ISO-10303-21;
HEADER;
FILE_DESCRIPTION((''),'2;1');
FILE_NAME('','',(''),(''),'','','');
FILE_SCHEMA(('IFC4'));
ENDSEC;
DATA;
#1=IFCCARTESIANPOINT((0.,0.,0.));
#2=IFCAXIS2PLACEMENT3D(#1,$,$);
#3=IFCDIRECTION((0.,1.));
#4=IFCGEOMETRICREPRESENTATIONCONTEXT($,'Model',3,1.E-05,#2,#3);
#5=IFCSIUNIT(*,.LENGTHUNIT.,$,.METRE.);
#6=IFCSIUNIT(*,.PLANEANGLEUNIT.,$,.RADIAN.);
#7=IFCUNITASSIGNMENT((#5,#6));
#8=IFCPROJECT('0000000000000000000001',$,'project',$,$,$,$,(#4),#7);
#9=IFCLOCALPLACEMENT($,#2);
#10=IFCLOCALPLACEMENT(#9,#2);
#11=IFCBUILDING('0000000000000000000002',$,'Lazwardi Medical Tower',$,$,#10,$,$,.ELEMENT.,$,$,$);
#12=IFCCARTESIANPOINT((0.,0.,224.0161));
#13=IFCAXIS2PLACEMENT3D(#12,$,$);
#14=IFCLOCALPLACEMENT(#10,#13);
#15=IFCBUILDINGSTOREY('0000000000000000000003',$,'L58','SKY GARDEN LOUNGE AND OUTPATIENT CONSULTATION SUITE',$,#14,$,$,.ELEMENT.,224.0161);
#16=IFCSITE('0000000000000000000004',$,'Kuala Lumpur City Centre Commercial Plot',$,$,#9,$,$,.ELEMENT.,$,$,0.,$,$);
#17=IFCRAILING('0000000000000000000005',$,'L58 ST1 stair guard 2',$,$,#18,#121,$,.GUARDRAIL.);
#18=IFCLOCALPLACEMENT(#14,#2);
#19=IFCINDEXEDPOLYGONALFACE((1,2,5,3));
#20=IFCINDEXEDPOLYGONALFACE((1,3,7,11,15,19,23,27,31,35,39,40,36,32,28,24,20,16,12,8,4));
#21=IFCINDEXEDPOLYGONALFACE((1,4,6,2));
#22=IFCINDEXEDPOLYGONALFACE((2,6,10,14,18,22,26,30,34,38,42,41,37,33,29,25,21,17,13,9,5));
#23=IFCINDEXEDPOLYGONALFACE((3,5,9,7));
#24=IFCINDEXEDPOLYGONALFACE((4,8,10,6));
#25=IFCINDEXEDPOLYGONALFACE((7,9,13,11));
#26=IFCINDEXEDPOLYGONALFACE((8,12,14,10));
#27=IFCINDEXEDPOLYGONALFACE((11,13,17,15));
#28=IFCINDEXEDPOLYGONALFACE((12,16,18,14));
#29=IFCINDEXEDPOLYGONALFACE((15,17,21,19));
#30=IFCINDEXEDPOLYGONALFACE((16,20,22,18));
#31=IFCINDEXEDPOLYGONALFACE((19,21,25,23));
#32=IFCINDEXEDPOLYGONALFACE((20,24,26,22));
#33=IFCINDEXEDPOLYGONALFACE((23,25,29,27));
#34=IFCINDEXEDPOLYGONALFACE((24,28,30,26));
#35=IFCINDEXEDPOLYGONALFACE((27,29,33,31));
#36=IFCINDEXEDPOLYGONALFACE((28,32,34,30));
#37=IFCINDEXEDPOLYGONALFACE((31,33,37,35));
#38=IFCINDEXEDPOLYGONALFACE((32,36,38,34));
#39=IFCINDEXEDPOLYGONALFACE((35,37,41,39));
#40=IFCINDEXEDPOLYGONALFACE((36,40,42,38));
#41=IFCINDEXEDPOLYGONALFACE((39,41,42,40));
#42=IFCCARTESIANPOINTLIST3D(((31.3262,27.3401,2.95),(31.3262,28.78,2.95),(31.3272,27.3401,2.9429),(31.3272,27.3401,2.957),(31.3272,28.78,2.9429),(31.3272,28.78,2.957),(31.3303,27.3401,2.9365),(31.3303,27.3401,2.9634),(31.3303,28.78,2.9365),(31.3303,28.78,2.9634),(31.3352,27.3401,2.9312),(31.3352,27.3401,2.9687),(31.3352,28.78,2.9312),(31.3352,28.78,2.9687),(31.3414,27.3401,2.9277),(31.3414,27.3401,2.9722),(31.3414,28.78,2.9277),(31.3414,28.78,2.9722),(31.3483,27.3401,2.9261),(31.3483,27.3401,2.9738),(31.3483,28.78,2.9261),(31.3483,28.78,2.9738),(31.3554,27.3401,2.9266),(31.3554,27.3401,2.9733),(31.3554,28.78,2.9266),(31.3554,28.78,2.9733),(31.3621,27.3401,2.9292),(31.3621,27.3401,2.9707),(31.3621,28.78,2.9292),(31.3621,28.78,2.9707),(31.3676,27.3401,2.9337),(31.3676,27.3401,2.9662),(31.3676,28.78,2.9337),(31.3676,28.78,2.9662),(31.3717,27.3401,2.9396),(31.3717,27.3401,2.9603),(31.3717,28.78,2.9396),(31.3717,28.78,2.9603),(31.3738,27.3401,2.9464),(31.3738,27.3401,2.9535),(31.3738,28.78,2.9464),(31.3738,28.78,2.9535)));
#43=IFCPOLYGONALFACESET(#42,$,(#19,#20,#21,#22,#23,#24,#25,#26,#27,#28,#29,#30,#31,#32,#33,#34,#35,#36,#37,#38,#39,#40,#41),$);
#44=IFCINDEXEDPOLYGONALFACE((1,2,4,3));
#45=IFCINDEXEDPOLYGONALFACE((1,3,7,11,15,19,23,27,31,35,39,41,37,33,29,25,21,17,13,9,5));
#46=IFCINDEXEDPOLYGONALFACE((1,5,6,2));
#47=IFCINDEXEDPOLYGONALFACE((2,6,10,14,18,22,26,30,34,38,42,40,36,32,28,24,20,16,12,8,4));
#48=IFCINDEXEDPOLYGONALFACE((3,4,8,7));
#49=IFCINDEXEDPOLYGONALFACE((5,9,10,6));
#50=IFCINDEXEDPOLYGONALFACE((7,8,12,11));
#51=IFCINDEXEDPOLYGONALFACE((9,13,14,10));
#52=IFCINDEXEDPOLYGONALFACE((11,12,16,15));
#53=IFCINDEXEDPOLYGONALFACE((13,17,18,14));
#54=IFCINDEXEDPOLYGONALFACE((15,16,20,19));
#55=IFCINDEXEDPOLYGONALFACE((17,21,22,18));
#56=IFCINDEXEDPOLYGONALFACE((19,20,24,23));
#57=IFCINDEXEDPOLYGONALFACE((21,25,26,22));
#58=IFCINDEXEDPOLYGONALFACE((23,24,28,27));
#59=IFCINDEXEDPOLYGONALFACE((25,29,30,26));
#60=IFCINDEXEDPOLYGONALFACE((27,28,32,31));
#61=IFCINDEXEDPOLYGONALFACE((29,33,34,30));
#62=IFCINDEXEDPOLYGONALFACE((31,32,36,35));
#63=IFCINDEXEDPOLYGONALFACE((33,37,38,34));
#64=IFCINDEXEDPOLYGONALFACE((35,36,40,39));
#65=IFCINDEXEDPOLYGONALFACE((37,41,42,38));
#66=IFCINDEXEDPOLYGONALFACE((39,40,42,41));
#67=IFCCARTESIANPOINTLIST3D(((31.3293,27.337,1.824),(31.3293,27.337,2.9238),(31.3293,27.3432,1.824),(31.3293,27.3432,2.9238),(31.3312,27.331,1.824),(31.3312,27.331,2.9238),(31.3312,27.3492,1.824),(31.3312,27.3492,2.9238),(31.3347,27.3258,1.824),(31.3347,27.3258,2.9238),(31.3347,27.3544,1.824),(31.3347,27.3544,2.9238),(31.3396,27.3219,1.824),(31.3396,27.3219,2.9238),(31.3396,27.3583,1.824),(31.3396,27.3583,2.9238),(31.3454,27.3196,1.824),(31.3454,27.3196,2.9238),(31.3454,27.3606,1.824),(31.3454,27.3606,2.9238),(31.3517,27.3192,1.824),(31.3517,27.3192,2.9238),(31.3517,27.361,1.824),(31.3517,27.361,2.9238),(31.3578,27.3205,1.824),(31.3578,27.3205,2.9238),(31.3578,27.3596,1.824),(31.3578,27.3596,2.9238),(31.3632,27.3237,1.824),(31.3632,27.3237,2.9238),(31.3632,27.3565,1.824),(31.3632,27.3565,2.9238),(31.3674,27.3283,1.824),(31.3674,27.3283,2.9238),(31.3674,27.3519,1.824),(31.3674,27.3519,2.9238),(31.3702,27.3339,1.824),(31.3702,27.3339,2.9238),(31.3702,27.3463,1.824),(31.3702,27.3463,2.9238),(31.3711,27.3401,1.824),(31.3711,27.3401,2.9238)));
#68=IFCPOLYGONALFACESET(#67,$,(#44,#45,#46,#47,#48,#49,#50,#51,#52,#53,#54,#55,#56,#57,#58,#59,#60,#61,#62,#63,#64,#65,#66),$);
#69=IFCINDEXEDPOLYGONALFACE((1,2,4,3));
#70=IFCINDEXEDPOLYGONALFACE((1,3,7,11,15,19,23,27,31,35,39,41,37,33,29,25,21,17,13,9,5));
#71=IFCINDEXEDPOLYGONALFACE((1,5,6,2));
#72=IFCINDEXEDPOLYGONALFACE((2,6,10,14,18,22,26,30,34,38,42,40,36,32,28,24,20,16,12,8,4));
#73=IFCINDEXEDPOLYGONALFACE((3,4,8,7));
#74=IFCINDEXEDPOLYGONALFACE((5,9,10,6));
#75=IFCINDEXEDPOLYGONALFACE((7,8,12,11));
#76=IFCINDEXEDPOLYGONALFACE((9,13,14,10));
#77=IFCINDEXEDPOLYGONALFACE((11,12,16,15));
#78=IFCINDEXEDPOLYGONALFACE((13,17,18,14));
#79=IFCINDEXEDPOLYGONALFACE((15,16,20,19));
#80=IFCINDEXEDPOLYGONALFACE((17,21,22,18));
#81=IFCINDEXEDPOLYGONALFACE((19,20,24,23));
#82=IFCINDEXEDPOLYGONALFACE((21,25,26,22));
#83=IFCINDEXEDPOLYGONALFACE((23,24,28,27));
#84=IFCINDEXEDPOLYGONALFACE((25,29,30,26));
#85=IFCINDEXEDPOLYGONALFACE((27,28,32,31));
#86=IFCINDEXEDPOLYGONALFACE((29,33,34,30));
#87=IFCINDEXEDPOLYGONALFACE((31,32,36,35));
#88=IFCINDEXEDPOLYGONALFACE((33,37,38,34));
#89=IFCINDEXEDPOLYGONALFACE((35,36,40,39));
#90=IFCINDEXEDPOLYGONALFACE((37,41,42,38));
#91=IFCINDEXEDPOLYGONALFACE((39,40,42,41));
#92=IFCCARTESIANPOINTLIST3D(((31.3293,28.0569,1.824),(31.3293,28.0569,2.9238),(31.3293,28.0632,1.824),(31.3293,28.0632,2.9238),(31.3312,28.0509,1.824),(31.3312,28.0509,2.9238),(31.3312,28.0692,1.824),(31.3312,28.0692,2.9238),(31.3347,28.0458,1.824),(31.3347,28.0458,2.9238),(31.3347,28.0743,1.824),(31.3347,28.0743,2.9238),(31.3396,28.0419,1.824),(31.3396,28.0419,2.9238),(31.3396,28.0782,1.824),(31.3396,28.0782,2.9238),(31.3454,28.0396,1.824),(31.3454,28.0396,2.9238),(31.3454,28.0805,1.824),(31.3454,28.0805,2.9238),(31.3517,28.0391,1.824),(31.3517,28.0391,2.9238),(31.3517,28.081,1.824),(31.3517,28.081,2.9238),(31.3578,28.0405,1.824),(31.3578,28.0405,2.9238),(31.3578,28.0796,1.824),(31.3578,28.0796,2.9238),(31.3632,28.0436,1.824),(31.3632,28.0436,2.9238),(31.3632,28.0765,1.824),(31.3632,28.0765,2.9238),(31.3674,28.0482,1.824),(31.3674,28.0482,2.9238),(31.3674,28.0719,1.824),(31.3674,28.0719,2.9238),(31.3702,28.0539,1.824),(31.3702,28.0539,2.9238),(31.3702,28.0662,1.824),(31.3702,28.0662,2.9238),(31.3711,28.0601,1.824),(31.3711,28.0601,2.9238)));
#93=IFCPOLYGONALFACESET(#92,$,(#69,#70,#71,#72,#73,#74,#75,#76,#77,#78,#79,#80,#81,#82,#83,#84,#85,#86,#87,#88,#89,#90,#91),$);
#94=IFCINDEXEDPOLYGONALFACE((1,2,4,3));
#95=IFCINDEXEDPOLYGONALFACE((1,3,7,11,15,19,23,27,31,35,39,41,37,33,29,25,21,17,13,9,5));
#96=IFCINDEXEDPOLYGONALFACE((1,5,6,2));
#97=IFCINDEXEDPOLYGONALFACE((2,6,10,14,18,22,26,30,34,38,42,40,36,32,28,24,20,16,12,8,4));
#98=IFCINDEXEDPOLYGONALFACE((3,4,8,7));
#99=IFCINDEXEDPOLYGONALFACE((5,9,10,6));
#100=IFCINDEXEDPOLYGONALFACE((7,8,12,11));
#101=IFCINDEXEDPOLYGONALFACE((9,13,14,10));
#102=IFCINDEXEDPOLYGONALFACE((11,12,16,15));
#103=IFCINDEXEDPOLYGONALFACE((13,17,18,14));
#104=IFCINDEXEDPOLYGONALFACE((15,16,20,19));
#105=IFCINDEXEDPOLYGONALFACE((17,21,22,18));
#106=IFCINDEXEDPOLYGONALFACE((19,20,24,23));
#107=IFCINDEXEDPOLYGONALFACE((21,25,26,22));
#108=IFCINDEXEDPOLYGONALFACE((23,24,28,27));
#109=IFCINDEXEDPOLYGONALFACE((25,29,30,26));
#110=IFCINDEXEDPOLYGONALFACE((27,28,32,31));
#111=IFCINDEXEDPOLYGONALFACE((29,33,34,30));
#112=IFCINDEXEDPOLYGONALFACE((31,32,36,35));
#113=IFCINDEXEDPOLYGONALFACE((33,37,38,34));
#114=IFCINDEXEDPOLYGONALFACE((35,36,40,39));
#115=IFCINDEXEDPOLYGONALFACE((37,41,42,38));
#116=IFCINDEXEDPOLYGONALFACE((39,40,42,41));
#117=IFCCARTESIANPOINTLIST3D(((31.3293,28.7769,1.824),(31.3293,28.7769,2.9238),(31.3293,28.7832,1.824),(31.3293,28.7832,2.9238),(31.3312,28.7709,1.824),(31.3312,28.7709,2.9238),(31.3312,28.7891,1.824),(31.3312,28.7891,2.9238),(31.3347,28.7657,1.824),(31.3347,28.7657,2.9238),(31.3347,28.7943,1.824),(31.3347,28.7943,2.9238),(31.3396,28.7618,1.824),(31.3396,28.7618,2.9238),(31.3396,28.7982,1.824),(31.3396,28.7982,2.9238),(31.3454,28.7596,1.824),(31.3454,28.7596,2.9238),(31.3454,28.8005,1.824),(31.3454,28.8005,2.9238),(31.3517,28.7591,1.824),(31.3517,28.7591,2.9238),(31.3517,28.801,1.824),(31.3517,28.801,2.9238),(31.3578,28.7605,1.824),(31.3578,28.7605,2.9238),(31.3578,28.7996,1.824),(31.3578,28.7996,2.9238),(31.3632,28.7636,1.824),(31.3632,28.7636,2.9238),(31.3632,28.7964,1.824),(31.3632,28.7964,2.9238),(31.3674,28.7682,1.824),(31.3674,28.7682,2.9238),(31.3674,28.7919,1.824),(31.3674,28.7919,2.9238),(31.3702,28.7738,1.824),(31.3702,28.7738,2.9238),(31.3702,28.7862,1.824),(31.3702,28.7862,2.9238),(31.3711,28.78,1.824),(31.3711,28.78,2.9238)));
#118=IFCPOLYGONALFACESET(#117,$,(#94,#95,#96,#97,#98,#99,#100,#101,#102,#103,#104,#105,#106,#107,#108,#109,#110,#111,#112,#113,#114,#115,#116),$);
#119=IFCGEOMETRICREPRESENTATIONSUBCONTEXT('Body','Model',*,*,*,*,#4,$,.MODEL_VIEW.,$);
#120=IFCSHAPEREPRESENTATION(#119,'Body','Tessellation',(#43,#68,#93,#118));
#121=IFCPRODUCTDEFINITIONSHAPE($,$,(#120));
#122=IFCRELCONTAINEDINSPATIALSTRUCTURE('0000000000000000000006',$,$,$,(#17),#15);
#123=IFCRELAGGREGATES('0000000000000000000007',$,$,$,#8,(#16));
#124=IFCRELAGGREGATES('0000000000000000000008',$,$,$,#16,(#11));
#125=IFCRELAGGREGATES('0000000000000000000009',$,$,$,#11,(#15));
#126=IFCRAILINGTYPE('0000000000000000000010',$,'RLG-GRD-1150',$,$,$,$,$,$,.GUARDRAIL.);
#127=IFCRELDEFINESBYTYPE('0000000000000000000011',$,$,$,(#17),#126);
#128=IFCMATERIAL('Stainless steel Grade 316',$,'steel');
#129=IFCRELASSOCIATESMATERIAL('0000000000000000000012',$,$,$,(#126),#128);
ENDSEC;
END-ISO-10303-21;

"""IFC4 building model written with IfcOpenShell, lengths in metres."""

from ifc_helpers import new_model, si_unit, direction, frame, origin, origin_2d, place, context, subcontext, project, spatial, circle, extrude, material, type_object, element, save


model = new_model("IFC4")

# Units and contexts
model_context = context("Model", 3, precision=1e-05, world=origin(), true_north=direction((0.0, 1.0)))
body_context = subcontext(model_context, "Body", "Model", "MODEL_VIEW")
ifc_project = project(units=[si_unit("LENGTHUNIT", "METRE"), si_unit("PLANEANGLEUNIT", "RADIAN")], contexts=[model_context])

# Site, building, storey
site_placement = place(None, origin())
site = spatial("IfcSite", under=ifc_project, at=site_placement, Name="Kuala Lumpur City Centre Commercial Plot", CompositionType="ELEMENT", RefElevation=0.0)
building_placement = place(site_placement, origin())
building = spatial("IfcBuilding", under=site, at=building_placement, Name="Lazwardi Medical Tower", CompositionType="ELEMENT")
storey_placement = place(building_placement, frame((0.0, 0.0, 224.0161)))
storey = spatial("IfcBuildingStorey", under=building, at=storey_placement, Name="L58", Description="SKY GARDEN LOUNGE AND OUTPATIENT CONSULTATION SUITE", CompositionType="ELEMENT", Elevation=224.0161)

# Railing
ifc_material_1 = material(Name="Stainless steel Grade 316", Category="steel")
railing_type_1 = type_object("IfcRailingType", Name="RLG-GRD-1150", PredefinedType="GUARDRAIL", material=ifc_material_1)
railing_1_placement = place(storey_placement, frame((31.3501, 27.3401, 1.824)))
element("IfcRailing", 1, at=railing_1_placement, inside=storey, type_object=railing_type_1, Name="L58 ST1 stair guard 2", PredefinedType="GUARDRAIL", context=body_context, shape_type="SweptSolid", body=[
    extrude(circle(Radius=0.0239, at=origin_2d()), frame((0.0, 0.0, 1.126), z_axis=(0.0, 1.0, 0.0), x_axis=(-1.0, 0.0, 0.0)), (0.0, 0.0, 1.0), 1.4399),
    extrude(circle(Radius=0.021, at=origin_2d()), origin(), (0.0, 0.0, 1.0), 1.0999),
    extrude(circle(Radius=0.021, at=origin_2d()), frame((0.0, 0.72, 0.0)), (0.0, 0.0, 1.0), 1.0999),
    extrude(circle(Radius=0.021, at=origin_2d()), frame((0.0, 1.4399, 0.0)), (0.0, 0.0, 1.0), 1.0999),
])

save(model, "model.ifc")
